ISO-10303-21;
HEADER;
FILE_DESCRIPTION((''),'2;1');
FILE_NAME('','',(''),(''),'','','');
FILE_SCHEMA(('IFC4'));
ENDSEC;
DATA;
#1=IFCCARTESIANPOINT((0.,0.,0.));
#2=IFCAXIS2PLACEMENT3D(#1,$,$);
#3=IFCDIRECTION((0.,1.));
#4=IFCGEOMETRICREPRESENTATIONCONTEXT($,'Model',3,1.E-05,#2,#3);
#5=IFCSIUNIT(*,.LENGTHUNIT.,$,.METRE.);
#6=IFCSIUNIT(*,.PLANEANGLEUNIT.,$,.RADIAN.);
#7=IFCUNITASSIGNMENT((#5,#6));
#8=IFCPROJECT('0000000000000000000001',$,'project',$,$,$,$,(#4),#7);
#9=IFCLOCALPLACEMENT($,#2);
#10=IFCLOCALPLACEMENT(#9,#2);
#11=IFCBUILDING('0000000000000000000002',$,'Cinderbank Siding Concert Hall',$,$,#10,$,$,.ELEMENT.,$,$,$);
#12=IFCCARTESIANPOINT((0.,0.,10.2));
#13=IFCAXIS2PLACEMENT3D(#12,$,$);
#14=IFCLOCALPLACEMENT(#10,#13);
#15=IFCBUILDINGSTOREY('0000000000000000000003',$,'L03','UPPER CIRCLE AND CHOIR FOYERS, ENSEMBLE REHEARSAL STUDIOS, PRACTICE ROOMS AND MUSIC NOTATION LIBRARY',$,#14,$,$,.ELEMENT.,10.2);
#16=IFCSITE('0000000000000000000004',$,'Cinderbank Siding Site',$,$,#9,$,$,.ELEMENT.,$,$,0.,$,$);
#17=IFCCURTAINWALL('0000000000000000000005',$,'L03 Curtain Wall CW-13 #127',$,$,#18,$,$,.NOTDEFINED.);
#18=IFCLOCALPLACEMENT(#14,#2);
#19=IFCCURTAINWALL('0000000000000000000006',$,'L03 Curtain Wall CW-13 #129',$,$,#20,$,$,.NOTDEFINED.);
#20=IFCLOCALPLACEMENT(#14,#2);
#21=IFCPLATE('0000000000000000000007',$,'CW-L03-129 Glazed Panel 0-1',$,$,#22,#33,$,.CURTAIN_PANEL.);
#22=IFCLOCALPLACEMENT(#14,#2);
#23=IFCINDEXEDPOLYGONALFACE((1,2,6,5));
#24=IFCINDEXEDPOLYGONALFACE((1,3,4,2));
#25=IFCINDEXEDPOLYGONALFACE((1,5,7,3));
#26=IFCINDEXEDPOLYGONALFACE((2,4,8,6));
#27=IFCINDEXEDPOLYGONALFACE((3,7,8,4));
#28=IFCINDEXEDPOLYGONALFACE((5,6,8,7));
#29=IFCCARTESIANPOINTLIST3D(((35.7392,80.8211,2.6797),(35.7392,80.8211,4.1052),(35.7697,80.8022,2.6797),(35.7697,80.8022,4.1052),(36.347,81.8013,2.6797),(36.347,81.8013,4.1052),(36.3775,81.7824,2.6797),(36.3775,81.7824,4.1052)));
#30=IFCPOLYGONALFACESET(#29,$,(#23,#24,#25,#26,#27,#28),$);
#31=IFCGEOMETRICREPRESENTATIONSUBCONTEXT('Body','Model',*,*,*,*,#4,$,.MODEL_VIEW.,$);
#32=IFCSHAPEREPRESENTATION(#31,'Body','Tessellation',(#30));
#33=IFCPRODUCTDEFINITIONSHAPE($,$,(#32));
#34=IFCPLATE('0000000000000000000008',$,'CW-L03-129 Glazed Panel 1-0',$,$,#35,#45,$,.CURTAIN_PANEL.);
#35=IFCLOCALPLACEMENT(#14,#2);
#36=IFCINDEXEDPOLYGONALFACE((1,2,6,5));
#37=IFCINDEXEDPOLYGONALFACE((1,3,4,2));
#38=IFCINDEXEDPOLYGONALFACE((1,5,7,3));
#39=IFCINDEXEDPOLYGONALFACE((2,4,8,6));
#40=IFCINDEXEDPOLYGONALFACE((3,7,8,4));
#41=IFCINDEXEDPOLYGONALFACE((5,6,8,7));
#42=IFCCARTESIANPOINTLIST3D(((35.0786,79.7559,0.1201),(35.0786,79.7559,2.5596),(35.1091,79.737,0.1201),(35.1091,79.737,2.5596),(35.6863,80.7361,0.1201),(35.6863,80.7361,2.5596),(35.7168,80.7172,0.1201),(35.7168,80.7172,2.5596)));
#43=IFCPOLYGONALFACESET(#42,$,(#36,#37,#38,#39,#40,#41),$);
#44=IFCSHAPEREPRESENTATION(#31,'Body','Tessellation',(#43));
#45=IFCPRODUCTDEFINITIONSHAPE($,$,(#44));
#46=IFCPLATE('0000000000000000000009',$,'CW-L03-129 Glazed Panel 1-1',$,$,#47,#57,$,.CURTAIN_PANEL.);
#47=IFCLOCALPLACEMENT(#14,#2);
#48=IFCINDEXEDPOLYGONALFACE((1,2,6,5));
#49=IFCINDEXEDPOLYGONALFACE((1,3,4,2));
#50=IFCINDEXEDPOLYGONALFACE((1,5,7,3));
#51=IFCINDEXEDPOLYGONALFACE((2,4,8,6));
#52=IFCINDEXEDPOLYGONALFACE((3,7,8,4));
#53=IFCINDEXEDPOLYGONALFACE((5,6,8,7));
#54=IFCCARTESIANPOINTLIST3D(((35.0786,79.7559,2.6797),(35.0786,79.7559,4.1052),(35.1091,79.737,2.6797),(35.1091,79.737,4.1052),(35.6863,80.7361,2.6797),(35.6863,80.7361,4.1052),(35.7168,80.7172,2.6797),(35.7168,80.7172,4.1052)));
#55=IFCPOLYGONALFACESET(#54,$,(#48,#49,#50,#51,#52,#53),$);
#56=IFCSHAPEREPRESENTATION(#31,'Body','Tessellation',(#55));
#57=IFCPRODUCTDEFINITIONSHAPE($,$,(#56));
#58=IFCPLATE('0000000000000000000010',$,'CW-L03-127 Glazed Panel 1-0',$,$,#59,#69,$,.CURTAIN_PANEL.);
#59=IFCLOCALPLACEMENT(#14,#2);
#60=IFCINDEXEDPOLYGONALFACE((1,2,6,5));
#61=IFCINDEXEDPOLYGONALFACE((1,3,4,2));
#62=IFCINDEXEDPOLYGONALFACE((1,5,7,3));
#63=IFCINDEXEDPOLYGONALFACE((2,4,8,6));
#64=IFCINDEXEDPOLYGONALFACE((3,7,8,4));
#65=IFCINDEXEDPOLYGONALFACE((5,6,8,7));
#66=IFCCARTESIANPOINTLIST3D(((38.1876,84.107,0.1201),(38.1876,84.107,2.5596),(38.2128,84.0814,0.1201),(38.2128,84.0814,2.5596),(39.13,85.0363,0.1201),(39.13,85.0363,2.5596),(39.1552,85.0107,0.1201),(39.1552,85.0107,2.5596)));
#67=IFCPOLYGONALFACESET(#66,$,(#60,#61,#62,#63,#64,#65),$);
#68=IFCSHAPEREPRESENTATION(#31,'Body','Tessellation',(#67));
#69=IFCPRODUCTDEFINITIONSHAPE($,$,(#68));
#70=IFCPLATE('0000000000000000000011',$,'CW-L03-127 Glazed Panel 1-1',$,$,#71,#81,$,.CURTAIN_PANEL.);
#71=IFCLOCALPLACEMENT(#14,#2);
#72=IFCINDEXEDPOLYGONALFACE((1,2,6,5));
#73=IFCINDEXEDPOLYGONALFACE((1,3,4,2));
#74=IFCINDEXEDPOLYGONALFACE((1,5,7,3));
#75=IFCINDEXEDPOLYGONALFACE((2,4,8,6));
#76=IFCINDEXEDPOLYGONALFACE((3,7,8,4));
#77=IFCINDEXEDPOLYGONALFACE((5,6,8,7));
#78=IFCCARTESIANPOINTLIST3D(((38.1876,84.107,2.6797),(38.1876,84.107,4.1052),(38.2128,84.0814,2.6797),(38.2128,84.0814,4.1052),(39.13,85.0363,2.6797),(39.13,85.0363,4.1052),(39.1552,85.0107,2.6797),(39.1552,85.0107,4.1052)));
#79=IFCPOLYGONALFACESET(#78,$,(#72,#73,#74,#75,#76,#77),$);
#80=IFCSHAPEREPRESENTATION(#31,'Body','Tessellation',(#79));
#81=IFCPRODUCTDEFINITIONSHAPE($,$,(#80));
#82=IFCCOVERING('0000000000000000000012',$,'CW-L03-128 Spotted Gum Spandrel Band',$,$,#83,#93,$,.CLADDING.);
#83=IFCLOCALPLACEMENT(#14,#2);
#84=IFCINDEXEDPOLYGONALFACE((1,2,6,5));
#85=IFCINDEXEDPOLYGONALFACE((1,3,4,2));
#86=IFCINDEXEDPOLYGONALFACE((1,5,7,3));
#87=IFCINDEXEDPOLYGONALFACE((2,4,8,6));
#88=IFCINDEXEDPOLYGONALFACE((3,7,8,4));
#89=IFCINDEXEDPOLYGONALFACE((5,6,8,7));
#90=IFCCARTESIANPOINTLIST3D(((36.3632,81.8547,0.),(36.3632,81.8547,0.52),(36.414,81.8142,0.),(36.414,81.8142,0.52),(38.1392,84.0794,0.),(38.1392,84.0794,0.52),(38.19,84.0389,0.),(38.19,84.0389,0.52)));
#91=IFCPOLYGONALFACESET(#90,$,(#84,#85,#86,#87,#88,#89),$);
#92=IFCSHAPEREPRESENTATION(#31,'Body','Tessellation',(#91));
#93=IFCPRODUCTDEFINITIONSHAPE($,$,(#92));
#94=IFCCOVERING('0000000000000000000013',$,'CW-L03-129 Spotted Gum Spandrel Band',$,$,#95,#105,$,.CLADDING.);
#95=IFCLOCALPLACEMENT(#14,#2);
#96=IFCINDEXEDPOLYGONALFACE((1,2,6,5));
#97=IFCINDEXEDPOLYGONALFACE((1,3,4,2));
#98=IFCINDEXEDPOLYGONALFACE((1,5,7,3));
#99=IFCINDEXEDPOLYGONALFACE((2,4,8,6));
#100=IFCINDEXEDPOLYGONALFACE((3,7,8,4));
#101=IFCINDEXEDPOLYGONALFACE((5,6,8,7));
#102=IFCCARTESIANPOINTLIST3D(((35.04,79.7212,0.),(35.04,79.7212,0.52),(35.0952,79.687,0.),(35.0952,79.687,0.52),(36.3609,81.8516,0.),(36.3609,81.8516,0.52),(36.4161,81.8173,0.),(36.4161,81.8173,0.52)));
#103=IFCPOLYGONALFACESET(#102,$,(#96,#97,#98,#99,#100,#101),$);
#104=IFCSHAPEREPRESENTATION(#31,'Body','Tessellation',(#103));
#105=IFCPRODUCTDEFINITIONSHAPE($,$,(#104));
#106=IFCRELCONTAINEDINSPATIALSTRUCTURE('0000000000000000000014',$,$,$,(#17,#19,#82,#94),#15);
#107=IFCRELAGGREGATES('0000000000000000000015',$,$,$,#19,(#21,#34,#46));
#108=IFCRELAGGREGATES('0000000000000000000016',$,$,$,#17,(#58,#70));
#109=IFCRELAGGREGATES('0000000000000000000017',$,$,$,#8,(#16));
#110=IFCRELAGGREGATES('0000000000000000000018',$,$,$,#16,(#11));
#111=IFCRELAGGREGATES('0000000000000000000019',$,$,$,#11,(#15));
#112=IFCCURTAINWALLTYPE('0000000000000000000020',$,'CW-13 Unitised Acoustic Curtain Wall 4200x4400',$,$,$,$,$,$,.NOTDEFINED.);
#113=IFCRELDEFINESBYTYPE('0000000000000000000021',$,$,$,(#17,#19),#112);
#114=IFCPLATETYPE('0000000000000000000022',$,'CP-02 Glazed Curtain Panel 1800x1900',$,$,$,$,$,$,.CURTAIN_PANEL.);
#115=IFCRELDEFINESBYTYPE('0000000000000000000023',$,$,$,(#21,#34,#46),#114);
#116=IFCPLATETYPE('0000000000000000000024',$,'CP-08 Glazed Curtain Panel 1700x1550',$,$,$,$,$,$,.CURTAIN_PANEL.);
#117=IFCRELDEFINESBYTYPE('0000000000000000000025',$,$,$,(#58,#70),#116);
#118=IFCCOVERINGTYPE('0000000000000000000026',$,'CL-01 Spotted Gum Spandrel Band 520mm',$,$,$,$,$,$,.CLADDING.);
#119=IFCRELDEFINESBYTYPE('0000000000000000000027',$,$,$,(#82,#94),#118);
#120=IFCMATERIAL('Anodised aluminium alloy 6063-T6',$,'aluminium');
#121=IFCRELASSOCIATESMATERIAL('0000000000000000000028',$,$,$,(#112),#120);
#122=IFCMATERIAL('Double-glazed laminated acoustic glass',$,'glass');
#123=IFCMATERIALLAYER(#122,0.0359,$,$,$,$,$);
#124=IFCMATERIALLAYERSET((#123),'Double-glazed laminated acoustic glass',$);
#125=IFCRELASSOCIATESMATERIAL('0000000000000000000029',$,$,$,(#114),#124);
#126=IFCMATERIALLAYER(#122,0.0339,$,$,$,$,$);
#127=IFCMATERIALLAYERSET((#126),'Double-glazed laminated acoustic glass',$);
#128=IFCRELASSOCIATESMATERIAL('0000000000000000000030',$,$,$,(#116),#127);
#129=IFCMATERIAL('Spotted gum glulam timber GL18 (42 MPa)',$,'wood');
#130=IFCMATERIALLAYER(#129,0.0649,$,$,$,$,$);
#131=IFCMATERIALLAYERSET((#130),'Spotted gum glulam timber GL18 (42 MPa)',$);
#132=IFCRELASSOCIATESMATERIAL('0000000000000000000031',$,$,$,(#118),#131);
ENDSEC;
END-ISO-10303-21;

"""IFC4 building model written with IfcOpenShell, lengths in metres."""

from ifc_helpers import new_model, si_unit, direction, frame, origin, origin_2d, place, context, subcontext, project, spatial, rectangle, extrude, material, layer, layer_set, type_object, element, aggregate, save


model = new_model("IFC4")

# Units and contexts
model_context = context("Model", 3, precision=1e-05, world=origin(), true_north=direction((0.0, 1.0)))
body_context = subcontext(model_context, "Body", "Model", "MODEL_VIEW")
ifc_project = project(units=[si_unit("LENGTHUNIT", "METRE"), si_unit("PLANEANGLEUNIT", "RADIAN")], contexts=[model_context])

# Site, building, storey
site_placement = place(None, origin())
site = spatial("IfcSite", under=ifc_project, at=site_placement, Name="Cinderbank Siding Site", CompositionType="ELEMENT", RefElevation=0.0)
building_placement = place(site_placement, origin())
building = spatial("IfcBuilding", under=site, at=building_placement, Name="Cinderbank Siding Concert Hall", CompositionType="ELEMENT")
storey_placement = place(building_placement, frame((0.0, 0.0, 10.2)))
storey = spatial("IfcBuildingStorey", under=building, at=storey_placement, Name="L03", Description="UPPER CIRCLE AND CHOIR FOYERS, ENSEMBLE REHEARSAL STUDIOS, PRACTICE ROOMS AND MUSIC NOTATION LIBRARY", CompositionType="ELEMENT", Elevation=10.2)

# Shared definitions
ifc_material_1 = material(Name="Anodised aluminium alloy 6063-T6", Category="aluminium")

# Curtain wall
curtain_wall_type_1 = type_object("IfcCurtainWallType", Name="CW-13 Unitised Acoustic Curtain Wall 4200x4400", PredefinedType="NOTDEFINED", material=ifc_material_1)
curtain_wall_1_placement = place(storey_placement, origin())
curtain_wall_1 = element("IfcCurtainWall", 1, at=curtain_wall_1_placement, inside=storey, type_object=curtain_wall_type_1, Name="L03 Curtain Wall CW-13 #127", PredefinedType="NOTDEFINED")

# Curtain wall
curtain_wall_2_placement = place(storey_placement, origin())
curtain_wall_2 = element("IfcCurtainWall", 2, at=curtain_wall_2_placement, inside=storey, type_object=curtain_wall_type_1, Name="L03 Curtain Wall CW-13 #129", PredefinedType="NOTDEFINED")

# Shared definitions
ifc_material_2 = material(Name="Spotted gum glulam timber GL18 (42 MPa)", Category="wood")

# Plates
ifc_material_3 = material(Name="Double-glazed laminated acoustic glass", Category="glass")
ifc_layer_1 = layer(ifc_material_3, 0.0359)
ifc_layer_set_1 = layer_set([ifc_layer_1], Name="Double-glazed laminated acoustic glass")
plate_type_1 = type_object("IfcPlateType", Name="CP-02 Glazed Curtain Panel 1800x1900", PredefinedType="CURTAIN_PANEL", material=ifc_layer_set_1)
plate_1_placement = place(storey_placement, frame((36.0583, 81.3018, 2.6797), z_axis=(0.0, 0.0, 1.0), x_axis=(-0.526958, -0.849891, 0.0)))
plate_1 = element("IfcPlate", 3, at=plate_1_placement, type_object=plate_type_1, Name="CW-L03-129 Glazed Panel 0-1", PredefinedType="CURTAIN_PANEL", context=body_context, shape_type="SweptSolid", body=[
    extrude(rectangle(XDim=1.1533, YDim=0.0359, at=origin_2d()), origin(), (0.0, 0.0, 1.0), 1.4255),
])
plate_2_placement = place(storey_placement, frame((35.3977, 80.2366, 0.1201), z_axis=(0.0, 0.0, 1.0), x_axis=(-0.526958, -0.849891, 0.0)))
plate_2 = element("IfcPlate", 4, at=plate_2_placement, type_object=plate_type_1, Name="CW-L03-129 Glazed Panel 1-0", PredefinedType="CURTAIN_PANEL", context=body_context, shape_type="SweptSolid", body=[
    extrude(rectangle(XDim=1.1533, YDim=0.0359, at=origin_2d()), origin(), (0.0, 0.0, 1.0), 2.4395),
])
plate_3_placement = place(storey_placement, frame((35.3977, 80.2366, 2.6797), z_axis=(0.0, 0.0, 1.0), x_axis=(-0.526958, -0.849891, 0.0)))
plate_3 = element("IfcPlate", 5, at=plate_3_placement, type_object=plate_type_1, Name="CW-L03-129 Glazed Panel 1-1", PredefinedType="CURTAIN_PANEL", context=body_context, shape_type="SweptSolid", body=[
    extrude(rectangle(XDim=1.1533, YDim=0.0359, at=origin_2d()), origin(), (0.0, 0.0, 1.0), 1.4255),
])
aggregate(curtain_wall_2, [plate_1, plate_2, plate_3])
ifc_layer_2 = layer(ifc_material_3, 0.0339)
ifc_layer_set_2 = layer_set([ifc_layer_2], Name="Double-glazed laminated acoustic glass")
plate_type_2 = type_object("IfcPlateType", Name="CP-08 Glazed Curtain Panel 1700x1550", PredefinedType="CURTAIN_PANEL", material=ifc_layer_set_2)
plate_4_placement = place(storey_placement, frame((38.6714, 84.5588, 0.1201), z_axis=(0.0, 0.0, 1.0), x_axis=(-0.712025, -0.702154, 0.0)))
plate_4 = element("IfcPlate", 6, at=plate_4_placement, type_object=plate_type_2, Name="CW-L03-127 Glazed Panel 1-0", PredefinedType="CURTAIN_PANEL", context=body_context, shape_type="SweptSolid", body=[
    extrude(rectangle(XDim=1.3235, YDim=0.0359, at=origin_2d()), origin(), (0.0, 0.0, 1.0), 2.4395),
])
plate_5_placement = place(storey_placement, frame((38.6714, 84.5588, 2.6797), z_axis=(0.0, 0.0, 1.0), x_axis=(-0.712025, -0.702154, 0.0)))
plate_5 = element("IfcPlate", 7, at=plate_5_placement, type_object=plate_type_2, Name="CW-L03-127 Glazed Panel 1-1", PredefinedType="CURTAIN_PANEL", context=body_context, shape_type="SweptSolid", body=[
    extrude(rectangle(XDim=1.3235, YDim=0.0359, at=origin_2d()), origin(), (0.0, 0.0, 1.0), 1.4255),
])
aggregate(curtain_wall_1, [plate_4, plate_5])

# Coverings
ifc_layer_3 = layer(ifc_material_2, 0.0649)
ifc_layer_set_3 = layer_set([ifc_layer_3], Name="Spotted gum glulam timber GL18 (42 MPa)")
covering_type = type_object("IfcCoveringType", Name="CL-01 Spotted Gum Spandrel Band 520mm", PredefinedType="CLADDING", material=ifc_layer_set_3)
covering_1_placement = place(storey_placement, frame((37.2766, 82.9468, 0.0), z_axis=(0.0, 0.0, 1.0), x_axis=(-0.623889, -0.781513, 0.0)))
element("IfcCovering", 8, at=covering_1_placement, inside=storey, type_object=covering_type, Name="CW-L03-128 Spotted Gum Spandrel Band", PredefinedType="CLADDING", context=body_context, shape_type="SweptSolid", body=[
    extrude(rectangle(XDim=2.8467, YDim=0.0649, at=origin_2d()), origin(), (0.0, 0.0, 1.0), 0.52),
])
covering_2_placement = place(storey_placement, frame((35.728, 80.7693, 0.0), z_axis=(0.0, 0.0, 1.0), x_axis=(-0.526958, -0.849891, 0.0)))
element("IfcCovering", 9, at=covering_2_placement, inside=storey, type_object=covering_type, Name="CW-L03-129 Spotted Gum Spandrel Band", PredefinedType="CLADDING", context=body_context, shape_type="SweptSolid", body=[
    extrude(rectangle(XDim=2.5066, YDim=0.0649, at=origin_2d()), origin(), (0.0, 0.0, 1.0), 0.52),
])

save(model, "model.ifc")
